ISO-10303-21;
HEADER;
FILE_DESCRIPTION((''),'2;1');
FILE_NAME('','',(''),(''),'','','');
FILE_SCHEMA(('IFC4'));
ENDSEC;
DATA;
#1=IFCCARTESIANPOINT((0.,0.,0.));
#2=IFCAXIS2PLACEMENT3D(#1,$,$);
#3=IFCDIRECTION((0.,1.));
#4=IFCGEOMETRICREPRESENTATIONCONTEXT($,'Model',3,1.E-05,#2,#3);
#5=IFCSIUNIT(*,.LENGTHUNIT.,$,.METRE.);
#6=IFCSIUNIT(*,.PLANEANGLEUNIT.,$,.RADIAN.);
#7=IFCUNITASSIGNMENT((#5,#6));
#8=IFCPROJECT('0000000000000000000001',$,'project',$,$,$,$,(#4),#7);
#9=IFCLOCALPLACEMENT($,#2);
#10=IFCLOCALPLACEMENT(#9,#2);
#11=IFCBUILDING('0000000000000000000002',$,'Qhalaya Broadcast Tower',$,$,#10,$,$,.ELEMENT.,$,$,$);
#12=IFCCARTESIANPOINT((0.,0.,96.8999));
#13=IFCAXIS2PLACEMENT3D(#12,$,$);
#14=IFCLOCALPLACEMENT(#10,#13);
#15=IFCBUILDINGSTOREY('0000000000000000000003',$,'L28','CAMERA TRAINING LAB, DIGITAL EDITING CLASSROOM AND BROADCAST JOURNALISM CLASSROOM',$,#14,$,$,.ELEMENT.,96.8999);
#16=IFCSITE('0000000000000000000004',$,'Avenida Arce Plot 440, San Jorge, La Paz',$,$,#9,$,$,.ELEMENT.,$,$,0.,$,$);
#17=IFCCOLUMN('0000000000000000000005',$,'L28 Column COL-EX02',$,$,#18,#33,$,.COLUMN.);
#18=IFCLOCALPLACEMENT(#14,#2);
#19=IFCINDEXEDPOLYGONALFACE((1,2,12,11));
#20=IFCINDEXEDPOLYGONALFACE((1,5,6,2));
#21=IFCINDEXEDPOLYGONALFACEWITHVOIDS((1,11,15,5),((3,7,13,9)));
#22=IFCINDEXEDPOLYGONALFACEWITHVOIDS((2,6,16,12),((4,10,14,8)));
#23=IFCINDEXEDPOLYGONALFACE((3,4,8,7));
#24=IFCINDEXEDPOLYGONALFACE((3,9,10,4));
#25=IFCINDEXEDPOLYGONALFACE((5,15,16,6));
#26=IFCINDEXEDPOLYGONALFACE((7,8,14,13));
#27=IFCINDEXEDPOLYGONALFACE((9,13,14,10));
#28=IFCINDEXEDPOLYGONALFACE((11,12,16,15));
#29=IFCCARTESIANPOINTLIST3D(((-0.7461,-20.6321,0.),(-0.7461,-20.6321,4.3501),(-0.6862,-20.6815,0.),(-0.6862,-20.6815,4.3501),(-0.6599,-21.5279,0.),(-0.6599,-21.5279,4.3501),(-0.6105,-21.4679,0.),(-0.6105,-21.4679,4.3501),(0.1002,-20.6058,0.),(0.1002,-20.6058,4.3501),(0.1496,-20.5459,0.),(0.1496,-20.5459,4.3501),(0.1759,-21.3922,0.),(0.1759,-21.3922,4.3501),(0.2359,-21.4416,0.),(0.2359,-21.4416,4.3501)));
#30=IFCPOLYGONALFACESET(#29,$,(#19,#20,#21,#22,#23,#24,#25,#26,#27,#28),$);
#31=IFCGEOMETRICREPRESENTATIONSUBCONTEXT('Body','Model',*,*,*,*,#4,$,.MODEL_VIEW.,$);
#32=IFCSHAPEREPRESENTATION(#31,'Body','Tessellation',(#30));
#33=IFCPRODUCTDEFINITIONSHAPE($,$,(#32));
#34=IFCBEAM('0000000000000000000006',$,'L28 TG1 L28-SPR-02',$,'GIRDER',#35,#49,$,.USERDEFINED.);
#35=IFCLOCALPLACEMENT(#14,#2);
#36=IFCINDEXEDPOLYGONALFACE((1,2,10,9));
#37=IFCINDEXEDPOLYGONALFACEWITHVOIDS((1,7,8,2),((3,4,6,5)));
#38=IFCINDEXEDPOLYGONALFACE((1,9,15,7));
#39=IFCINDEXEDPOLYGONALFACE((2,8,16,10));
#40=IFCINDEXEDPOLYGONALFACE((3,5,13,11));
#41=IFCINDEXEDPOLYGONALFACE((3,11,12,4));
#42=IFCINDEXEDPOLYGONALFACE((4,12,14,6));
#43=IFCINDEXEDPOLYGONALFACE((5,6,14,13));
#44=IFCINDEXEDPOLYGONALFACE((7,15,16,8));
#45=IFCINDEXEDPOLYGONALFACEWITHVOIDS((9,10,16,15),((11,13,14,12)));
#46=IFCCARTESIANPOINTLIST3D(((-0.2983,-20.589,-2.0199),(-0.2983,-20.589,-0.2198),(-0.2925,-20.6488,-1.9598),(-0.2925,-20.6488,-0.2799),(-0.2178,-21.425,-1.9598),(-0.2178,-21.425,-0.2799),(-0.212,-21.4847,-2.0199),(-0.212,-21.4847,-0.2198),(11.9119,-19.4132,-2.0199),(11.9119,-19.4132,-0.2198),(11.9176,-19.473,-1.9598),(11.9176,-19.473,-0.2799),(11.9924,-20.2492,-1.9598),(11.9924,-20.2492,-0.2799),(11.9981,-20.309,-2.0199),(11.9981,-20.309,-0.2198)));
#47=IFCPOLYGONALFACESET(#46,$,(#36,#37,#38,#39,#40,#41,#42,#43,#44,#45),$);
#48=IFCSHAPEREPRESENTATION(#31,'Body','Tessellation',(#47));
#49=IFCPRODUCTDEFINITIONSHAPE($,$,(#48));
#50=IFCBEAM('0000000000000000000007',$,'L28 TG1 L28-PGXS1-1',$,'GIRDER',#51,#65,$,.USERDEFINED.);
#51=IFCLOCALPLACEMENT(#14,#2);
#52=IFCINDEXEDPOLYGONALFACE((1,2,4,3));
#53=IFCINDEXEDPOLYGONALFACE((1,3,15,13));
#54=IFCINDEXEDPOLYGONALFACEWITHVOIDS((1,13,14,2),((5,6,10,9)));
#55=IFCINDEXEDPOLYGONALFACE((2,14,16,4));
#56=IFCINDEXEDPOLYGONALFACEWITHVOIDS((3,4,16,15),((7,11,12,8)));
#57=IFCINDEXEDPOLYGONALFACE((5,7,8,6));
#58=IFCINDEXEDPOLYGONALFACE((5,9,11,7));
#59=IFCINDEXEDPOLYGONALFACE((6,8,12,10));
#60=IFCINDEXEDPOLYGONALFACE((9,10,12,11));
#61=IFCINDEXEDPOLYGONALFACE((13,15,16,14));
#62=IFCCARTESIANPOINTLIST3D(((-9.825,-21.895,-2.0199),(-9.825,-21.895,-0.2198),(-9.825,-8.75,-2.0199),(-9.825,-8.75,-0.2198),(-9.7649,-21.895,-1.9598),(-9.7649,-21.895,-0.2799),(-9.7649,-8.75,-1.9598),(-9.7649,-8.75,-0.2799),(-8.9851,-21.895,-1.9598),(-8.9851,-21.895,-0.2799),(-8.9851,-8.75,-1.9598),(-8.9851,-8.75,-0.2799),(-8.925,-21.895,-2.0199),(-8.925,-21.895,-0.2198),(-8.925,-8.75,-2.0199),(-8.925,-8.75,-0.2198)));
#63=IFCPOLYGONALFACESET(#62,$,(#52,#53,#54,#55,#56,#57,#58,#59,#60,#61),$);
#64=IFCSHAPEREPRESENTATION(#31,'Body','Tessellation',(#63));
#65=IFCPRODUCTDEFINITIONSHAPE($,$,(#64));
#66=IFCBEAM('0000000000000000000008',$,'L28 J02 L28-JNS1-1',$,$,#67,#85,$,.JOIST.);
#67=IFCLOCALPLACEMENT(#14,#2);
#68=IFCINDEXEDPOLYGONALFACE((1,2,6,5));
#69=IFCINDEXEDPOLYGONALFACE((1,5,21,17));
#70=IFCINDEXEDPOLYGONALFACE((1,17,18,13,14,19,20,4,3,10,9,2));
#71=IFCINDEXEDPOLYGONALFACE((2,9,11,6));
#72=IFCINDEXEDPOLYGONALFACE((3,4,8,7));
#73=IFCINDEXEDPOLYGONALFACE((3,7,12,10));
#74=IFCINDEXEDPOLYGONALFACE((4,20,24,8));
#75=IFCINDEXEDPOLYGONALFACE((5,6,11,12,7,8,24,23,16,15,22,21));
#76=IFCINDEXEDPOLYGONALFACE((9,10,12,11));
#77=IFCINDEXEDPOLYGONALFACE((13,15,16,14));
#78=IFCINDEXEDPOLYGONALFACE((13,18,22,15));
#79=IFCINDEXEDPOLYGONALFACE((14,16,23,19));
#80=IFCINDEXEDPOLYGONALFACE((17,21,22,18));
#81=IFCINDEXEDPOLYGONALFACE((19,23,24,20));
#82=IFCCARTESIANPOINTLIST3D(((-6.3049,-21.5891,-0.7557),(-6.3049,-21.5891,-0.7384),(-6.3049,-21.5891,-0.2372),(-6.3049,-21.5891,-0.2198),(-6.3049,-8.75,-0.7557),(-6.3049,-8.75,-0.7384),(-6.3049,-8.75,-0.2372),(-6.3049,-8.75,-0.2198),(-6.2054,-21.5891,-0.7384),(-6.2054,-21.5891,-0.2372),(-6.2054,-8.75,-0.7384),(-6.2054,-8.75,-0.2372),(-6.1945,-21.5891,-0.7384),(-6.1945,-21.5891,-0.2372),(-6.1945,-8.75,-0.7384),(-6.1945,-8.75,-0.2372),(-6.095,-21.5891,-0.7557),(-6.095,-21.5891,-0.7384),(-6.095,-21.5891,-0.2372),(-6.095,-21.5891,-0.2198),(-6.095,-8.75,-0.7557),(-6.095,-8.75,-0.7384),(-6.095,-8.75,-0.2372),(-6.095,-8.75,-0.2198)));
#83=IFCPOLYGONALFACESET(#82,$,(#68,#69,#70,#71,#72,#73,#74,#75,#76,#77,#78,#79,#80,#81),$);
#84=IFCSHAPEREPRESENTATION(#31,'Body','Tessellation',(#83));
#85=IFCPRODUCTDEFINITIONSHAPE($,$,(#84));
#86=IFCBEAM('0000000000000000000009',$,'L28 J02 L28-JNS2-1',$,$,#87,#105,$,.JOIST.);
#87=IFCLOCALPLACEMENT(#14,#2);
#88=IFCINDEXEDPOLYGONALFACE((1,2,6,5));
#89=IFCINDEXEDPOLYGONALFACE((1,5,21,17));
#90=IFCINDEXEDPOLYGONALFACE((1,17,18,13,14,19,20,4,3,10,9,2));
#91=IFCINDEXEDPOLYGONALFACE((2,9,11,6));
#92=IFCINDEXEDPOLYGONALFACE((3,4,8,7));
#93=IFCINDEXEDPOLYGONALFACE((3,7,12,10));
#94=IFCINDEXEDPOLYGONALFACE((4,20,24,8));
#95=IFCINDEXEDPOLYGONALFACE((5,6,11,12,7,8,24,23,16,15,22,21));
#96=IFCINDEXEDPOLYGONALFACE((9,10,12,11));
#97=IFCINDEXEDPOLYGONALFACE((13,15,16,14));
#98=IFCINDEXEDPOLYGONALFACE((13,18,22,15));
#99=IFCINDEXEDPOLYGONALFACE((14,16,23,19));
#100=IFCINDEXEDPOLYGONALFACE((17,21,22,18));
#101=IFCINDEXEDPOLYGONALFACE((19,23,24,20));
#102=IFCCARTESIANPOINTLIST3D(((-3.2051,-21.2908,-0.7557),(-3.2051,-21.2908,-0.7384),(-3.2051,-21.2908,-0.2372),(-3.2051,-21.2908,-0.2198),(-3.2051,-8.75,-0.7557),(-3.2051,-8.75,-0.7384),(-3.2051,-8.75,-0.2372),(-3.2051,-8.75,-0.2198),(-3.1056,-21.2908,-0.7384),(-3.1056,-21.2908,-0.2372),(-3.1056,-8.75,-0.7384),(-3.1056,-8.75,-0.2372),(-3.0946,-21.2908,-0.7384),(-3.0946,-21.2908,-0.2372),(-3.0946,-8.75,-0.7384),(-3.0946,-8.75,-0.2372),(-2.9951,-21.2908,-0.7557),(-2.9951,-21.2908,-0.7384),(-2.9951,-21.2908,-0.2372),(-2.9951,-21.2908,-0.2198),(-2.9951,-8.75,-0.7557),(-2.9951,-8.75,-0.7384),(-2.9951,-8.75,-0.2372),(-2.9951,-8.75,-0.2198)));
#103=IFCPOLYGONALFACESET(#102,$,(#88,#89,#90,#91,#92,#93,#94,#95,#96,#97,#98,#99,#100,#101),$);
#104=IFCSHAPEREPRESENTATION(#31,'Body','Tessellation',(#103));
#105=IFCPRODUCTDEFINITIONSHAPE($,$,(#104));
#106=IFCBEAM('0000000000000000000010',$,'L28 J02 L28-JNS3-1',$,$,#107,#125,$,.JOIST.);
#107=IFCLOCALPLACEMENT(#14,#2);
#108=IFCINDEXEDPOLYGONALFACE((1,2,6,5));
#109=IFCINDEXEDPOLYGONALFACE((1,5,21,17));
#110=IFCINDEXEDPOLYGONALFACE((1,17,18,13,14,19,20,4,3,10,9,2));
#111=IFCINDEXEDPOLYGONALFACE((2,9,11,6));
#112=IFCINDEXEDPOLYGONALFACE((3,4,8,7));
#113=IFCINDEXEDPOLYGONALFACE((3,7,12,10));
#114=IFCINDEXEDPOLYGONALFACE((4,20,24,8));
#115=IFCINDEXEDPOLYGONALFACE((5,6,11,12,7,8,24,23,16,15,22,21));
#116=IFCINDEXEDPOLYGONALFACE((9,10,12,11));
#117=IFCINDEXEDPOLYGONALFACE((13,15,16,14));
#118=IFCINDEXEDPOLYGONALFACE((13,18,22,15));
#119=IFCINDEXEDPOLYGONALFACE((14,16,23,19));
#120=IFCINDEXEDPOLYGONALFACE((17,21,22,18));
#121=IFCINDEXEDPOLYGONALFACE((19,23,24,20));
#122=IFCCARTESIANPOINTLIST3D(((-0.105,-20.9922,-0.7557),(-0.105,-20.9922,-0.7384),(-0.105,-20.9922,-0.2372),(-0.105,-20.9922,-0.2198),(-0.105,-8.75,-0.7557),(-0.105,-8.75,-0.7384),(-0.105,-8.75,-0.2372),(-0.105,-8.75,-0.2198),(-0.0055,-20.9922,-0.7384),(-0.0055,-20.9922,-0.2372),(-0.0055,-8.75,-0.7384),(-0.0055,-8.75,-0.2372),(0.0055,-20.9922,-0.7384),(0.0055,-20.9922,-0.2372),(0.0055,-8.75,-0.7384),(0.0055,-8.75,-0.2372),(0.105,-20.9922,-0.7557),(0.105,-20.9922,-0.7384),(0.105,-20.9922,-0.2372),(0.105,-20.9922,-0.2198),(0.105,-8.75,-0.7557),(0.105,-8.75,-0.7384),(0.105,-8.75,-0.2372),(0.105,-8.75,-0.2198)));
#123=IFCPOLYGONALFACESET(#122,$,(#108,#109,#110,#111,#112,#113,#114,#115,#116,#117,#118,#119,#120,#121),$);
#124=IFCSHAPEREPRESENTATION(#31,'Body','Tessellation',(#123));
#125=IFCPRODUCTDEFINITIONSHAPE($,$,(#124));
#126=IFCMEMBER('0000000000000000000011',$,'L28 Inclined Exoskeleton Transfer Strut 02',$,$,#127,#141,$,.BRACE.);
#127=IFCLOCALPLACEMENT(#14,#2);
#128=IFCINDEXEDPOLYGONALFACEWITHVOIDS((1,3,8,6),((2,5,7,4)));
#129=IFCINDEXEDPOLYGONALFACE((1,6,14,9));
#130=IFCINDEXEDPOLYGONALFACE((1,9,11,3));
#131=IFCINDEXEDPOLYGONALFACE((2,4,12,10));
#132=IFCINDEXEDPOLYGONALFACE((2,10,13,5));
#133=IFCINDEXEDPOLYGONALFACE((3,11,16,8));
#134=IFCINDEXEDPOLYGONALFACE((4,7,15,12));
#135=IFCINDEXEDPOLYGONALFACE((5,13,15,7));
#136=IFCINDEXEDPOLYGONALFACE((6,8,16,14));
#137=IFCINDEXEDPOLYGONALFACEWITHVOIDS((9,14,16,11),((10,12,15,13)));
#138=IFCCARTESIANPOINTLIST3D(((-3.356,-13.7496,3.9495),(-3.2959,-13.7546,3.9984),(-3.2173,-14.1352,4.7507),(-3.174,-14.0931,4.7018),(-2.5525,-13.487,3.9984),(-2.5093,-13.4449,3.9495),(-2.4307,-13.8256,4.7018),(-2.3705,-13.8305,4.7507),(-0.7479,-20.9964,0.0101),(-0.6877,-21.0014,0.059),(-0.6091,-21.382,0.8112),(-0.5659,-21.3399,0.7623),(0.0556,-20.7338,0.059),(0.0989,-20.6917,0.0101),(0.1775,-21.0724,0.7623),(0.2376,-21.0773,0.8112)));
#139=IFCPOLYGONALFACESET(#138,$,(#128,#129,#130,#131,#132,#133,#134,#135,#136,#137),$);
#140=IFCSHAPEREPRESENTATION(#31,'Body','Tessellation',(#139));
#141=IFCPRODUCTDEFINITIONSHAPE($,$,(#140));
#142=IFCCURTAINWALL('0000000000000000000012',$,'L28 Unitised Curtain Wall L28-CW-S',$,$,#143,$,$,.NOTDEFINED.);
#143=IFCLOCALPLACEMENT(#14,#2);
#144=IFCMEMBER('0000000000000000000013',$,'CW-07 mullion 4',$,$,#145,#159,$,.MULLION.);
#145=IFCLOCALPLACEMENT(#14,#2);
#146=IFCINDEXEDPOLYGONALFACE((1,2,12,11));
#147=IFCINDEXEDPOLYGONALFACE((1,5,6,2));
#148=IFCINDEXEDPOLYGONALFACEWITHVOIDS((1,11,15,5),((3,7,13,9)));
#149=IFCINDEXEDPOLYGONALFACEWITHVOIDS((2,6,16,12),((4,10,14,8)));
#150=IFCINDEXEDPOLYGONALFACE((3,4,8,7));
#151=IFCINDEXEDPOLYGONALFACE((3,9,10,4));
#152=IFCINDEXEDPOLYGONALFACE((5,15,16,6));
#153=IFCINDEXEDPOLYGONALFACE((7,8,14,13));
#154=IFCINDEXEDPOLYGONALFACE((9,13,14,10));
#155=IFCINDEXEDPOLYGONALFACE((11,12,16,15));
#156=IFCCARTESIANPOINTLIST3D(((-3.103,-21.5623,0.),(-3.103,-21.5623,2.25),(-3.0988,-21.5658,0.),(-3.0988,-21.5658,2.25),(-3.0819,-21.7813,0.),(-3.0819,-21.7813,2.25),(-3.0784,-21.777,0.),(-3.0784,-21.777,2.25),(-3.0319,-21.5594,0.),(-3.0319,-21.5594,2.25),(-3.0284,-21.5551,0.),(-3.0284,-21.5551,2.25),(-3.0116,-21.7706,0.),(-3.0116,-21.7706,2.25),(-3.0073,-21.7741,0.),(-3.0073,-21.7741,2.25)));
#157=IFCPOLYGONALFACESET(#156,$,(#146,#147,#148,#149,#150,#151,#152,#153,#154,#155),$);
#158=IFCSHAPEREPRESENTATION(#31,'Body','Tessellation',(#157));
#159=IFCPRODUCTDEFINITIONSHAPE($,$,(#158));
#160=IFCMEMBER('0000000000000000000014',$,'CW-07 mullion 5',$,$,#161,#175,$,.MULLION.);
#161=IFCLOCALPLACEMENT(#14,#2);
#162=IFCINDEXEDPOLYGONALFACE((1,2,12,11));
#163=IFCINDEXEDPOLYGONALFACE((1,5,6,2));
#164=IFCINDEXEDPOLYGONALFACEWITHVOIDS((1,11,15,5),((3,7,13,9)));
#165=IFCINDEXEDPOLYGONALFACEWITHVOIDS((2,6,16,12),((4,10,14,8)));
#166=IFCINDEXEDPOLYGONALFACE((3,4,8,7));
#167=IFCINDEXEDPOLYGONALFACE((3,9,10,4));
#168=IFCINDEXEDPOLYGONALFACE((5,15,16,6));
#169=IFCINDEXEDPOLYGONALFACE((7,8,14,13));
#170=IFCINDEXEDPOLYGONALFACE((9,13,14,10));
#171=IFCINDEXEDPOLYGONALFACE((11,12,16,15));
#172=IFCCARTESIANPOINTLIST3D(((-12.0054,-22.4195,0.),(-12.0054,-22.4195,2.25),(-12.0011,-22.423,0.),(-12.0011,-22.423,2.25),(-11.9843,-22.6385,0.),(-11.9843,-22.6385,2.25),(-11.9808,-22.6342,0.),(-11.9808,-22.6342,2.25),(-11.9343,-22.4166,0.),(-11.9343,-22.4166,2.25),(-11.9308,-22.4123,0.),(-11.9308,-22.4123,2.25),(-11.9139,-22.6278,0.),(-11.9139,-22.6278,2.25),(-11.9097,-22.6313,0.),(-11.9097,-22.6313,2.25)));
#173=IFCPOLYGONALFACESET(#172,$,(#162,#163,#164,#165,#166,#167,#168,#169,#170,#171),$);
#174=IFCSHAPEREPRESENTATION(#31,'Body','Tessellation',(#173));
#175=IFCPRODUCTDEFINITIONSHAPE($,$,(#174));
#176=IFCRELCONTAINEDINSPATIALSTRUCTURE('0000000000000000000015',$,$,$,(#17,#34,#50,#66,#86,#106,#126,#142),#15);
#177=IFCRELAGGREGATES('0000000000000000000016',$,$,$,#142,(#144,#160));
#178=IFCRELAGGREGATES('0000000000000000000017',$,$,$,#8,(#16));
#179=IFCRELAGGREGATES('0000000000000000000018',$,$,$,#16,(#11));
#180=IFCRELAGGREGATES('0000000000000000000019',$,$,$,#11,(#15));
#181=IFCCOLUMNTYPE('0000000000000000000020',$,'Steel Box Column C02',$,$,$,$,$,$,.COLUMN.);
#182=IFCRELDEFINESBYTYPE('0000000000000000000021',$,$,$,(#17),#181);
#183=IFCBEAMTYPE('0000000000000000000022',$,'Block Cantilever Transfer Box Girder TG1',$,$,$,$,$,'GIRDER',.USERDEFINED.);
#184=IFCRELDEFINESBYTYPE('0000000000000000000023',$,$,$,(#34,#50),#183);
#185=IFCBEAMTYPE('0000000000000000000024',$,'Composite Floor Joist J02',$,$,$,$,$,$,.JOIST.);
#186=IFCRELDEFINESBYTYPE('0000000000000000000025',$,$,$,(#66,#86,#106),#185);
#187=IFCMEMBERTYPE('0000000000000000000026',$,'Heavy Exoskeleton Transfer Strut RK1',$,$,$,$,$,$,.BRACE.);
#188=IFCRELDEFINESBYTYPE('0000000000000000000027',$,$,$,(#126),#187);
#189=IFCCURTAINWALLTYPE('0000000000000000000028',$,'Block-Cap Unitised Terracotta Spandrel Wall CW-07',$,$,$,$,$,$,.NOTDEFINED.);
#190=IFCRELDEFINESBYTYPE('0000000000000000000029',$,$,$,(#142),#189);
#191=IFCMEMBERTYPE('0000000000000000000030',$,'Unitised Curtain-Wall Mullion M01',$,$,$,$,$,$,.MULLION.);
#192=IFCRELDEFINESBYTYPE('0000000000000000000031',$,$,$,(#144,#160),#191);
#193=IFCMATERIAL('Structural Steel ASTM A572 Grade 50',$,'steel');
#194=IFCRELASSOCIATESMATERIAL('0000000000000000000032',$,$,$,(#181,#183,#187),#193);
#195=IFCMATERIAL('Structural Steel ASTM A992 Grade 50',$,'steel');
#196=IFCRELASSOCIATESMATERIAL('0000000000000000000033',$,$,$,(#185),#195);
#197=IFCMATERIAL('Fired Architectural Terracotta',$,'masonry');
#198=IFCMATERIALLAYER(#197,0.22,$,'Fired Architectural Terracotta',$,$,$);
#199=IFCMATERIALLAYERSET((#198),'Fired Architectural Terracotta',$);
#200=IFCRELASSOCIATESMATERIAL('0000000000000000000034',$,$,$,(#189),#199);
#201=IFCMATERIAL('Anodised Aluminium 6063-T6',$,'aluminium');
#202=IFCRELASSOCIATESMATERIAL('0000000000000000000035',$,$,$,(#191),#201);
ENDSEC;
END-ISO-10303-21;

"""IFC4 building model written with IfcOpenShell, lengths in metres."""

from ifc_helpers import new_model, si_unit, direction, frame, origin, origin_2d, place, context, subcontext, project, spatial, hollow_rectangle, i_section, extrude, material, layer, layer_set, material_profile, profile_set, type_object, element, aggregate, save


model = new_model("IFC4")

# Units and contexts
model_context = context("Model", 3, precision=1e-05, world=origin(), true_north=direction((0.0, 1.0)))
body_context = subcontext(model_context, "Body", "Model", "MODEL_VIEW")
ifc_project = project(units=[si_unit("LENGTHUNIT", "METRE"), si_unit("PLANEANGLEUNIT", "RADIAN")], contexts=[model_context])

# Site, building, storey
site_placement = place(None, origin())
site = spatial("IfcSite", under=ifc_project, at=site_placement, Name="Avenida Arce Plot 440, San Jorge, La Paz", CompositionType="ELEMENT", RefElevation=0.0)
building_placement = place(site_placement, origin())
building = spatial("IfcBuilding", under=site, at=building_placement, Name="Qhalaya Broadcast Tower", CompositionType="ELEMENT")
storey_placement = place(building_placement, frame((0.0, 0.0, 96.8999)))
storey = spatial("IfcBuildingStorey", under=building, at=storey_placement, Name="L28", Description="CAMERA TRAINING LAB, DIGITAL EDITING CLASSROOM AND BROADCAST JOURNALISM CLASSROOM", CompositionType="ELEMENT", Elevation=96.8999)

# Column
ifc_material_1 = material(Name="Structural Steel ASTM A572 Grade 50", Category="steel")
ifc_material_profile_1 = material_profile(ifc_material_1, hollow_rectangle(XDim=0.8999, YDim=0.8999, WallThickness=0.0549, at=origin_2d()), Name="BOX 900x900x55")
ifc_profile_set_1 = profile_set([ifc_material_profile_1], Name="Structural Steel ASTM A572 Grade 50")
column_type = type_object("IfcColumnType", Name="Steel Box Column C02", PredefinedType="COLUMN", material=ifc_profile_set_1)
column_placement = place(storey_placement, frame((-0.2551, -21.0369, 0.0), z_axis=(0.0, 0.0, 1.0), x_axis=(0.995396, 0.095846, 0.0)))
element("IfcColumn", 1, at=column_placement, inside=storey, type_object=column_type, Name="L28 Column COL-EX02", PredefinedType="COLUMN", context=body_context, shape_type="SweptSolid", body=[
    extrude(hollow_rectangle(XDim=0.8999, YDim=0.8999, WallThickness=0.0549, at=origin_2d()), origin(), (0.0, 0.0, 1.0), 4.3501),
])

# Beams
ifc_material_profile_2 = material_profile(ifc_material_1, hollow_rectangle(XDim=0.8999, YDim=1.8, WallThickness=0.0601, at=origin_2d()), Name="BOX 900x1800x60")
ifc_profile_set_2 = profile_set([ifc_material_profile_2], Name="Structural Steel ASTM A572 Grade 50")
beam_type_1 = type_object("IfcBeamType", Name="Block Cantilever Transfer Box Girder TG1", ElementType="GIRDER", PredefinedType="USERDEFINED", material=ifc_profile_set_2)
beam_1_placement = place(storey_placement, frame((-0.2551, -21.0369, -1.1199), z_axis=(0.995396, 0.095852, 0.0), x_axis=(-0.095852, 0.995396, 0.0)))
element("IfcBeam", 2, at=beam_1_placement, inside=storey, type_object=beam_type_1, Name="L28 TG1 L28-SPR-02", ObjectType="GIRDER", PredefinedType="USERDEFINED", context=body_context, shape_type="SweptSolid", body=[
    extrude(hollow_rectangle(XDim=0.8999, YDim=1.8, WallThickness=0.0601, at=origin_2d()), origin(), (0.0, 0.0, 1.0), 12.2666),
])
beam_2_placement = place(storey_placement, frame((-9.375, -21.895, -1.1199), z_axis=(0.0, 1.0, 0.0), x_axis=(-1.0, 0.0, 0.0)))
element("IfcBeam", 3, at=beam_2_placement, inside=storey, type_object=beam_type_1, Name="L28 TG1 L28-PGXS1-1", ObjectType="GIRDER", PredefinedType="USERDEFINED", context=body_context, shape_type="SweptSolid", body=[
    extrude(hollow_rectangle(XDim=0.8999, YDim=1.8, WallThickness=0.0601, at=origin_2d()), origin(), (0.0, 0.0, 1.0), 13.145),
])
ifc_material_2 = material(Name="Structural Steel ASTM A992 Grade 50", Category="steel")
ifc_material_profile_3 = material_profile(ifc_material_2, i_section(OverallWidth=0.21, OverallDepth=0.5359, WebThickness=0.011, FlangeThickness=0.0173, at=origin_2d()), Name="W21X68")
ifc_profile_set_3 = profile_set([ifc_material_profile_3], Name="Structural Steel ASTM A992 Grade 50")
beam_type_2 = type_object("IfcBeamType", Name="Composite Floor Joist J02", PredefinedType="JOIST", material=ifc_profile_set_3)
beam_3_placement = place(storey_placement, frame((-6.2, -21.5891, -0.4878), z_axis=(0.0, 1.0, 0.0), x_axis=(-1.0, 0.0, 0.0)))
element("IfcBeam", 4, at=beam_3_placement, inside=storey, type_object=beam_type_2, Name="L28 J02 L28-JNS1-1", PredefinedType="JOIST", context=body_context, shape_type="SweptSolid", body=[
    extrude(i_section(OverallWidth=0.21, OverallDepth=0.5359, WebThickness=0.011, FlangeThickness=0.0173, at=origin_2d()), origin(), (0.0, 0.0, 1.0), 12.8391),
])
beam_4_placement = place(storey_placement, frame((-3.1001, -21.2908, -0.4878), z_axis=(0.0, 1.0, 0.0), x_axis=(-1.0, 0.0, 0.0)))
element("IfcBeam", 5, at=beam_4_placement, inside=storey, type_object=beam_type_2, Name="L28 J02 L28-JNS2-1", PredefinedType="JOIST", context=body_context, shape_type="SweptSolid", body=[
    extrude(i_section(OverallWidth=0.21, OverallDepth=0.5359, WebThickness=0.011, FlangeThickness=0.0173, at=origin_2d()), origin(), (0.0, 0.0, 1.0), 12.5408),
])
beam_5_placement = place(storey_placement, frame((0.0, -20.9922, -0.4878), z_axis=(0.0, 1.0, 0.0), x_axis=(-1.0, 0.0, 0.0)))
element("IfcBeam", 6, at=beam_5_placement, inside=storey, type_object=beam_type_2, Name="L28 J02 L28-JNS3-1", PredefinedType="JOIST", context=body_context, shape_type="SweptSolid", body=[
    extrude(i_section(OverallWidth=0.21, OverallDepth=0.5359, WebThickness=0.011, FlangeThickness=0.0173, at=origin_2d()), origin(), (0.0, 0.0, 1.0), 12.2422),
])

# Member
ifc_material_profile_4 = material_profile(ifc_material_1, hollow_rectangle(XDim=0.8999, YDim=0.8999, WallThickness=0.0549, at=origin_2d()), Name="BOX 900x900x55")
ifc_profile_set_4 = profile_set([ifc_material_profile_4], Name="Structural Steel ASTM A572 Grade 50")
member_type_1 = type_object("IfcMemberType", Name="Heavy Exoskeleton Transfer Strut RK1", PredefinedType="BRACE", material=ifc_profile_set_4)
member_1_placement = place(storey_placement, frame((-0.2551, -21.0369, 0.4106), z_axis=(-0.301489, 0.837695, 0.45538), x_axis=(-0.940917, -0.338639, 0.0)))
element("IfcMember", 7, at=member_1_placement, inside=storey, type_object=member_type_1, Name="L28 Inclined Exoskeleton Transfer Strut 02", PredefinedType="BRACE", context=body_context, shape_type="SweptSolid", body=[
    extrude(hollow_rectangle(XDim=0.8999, YDim=0.8999, WallThickness=0.0549, at=origin_2d()), origin(), (0.0, 0.0, 1.0), 8.6509),
])

# Curtain wall, members
ifc_material_3 = material(Name="Fired Architectural Terracotta", Category="masonry")
ifc_layer_1 = layer(ifc_material_3, 0.22, Name="Fired Architectural Terracotta")
ifc_layer_set_1 = layer_set([ifc_layer_1], Name="Fired Architectural Terracotta")
curtain_wall_type = type_object("IfcCurtainWallType", Name="Block-Cap Unitised Terracotta Spandrel Wall CW-07", PredefinedType="NOTDEFINED", material=ifc_layer_set_1)
curtain_wall_placement = place(storey_placement, origin())
curtain_wall = element("IfcCurtainWall", 8, at=curtain_wall_placement, inside=storey, type_object=curtain_wall_type, Name="L28 Unitised Curtain Wall L28-CW-S", PredefinedType="NOTDEFINED")
ifc_material_4 = material(Name="Anodised Aluminium 6063-T6", Category="aluminium")
ifc_material_profile_5 = material_profile(ifc_material_4, hollow_rectangle(XDim=0.075, YDim=0.22, WallThickness=0.0039, at=origin_2d()), Name="ALU-MUL 75x220x4")
ifc_profile_set_5 = profile_set([ifc_material_profile_5], Name="Anodised Aluminium 6063-T6")
member_type_2 = type_object("IfcMemberType", Name="Unitised Curtain-Wall Mullion M01", PredefinedType="MULLION", material=ifc_profile_set_5)
member_2_placement = place(storey_placement, frame((-3.0552, -21.6682, 0.0), z_axis=(0.0, 0.0, 1.0), x_axis=(-0.995396, -0.095847, 0.0)))
member_2 = element("IfcMember", 9, at=member_2_placement, type_object=member_type_2, Name="CW-07 mullion 4", PredefinedType="MULLION", context=body_context, shape_type="SweptSolid", body=[
    extrude(hollow_rectangle(XDim=0.075, YDim=0.22, WallThickness=0.0039, at=origin_2d()), origin(), (0.0, 0.0, 1.0), 2.25),
])
member_3_placement = place(storey_placement, frame((-11.9575, -22.5254, 0.0), z_axis=(0.0, 0.0, 1.0), x_axis=(-0.995396, -0.095847, 0.0)))
member_3 = element("IfcMember", 10, at=member_3_placement, type_object=member_type_2, Name="CW-07 mullion 5", PredefinedType="MULLION", context=body_context, shape_type="SweptSolid", body=[
    extrude(hollow_rectangle(XDim=0.075, YDim=0.22, WallThickness=0.0039, at=origin_2d()), origin(), (0.0, 0.0, 1.0), 2.25),
])

aggregate(curtain_wall, [member_2, member_3])

save(model, "model.ifc")
